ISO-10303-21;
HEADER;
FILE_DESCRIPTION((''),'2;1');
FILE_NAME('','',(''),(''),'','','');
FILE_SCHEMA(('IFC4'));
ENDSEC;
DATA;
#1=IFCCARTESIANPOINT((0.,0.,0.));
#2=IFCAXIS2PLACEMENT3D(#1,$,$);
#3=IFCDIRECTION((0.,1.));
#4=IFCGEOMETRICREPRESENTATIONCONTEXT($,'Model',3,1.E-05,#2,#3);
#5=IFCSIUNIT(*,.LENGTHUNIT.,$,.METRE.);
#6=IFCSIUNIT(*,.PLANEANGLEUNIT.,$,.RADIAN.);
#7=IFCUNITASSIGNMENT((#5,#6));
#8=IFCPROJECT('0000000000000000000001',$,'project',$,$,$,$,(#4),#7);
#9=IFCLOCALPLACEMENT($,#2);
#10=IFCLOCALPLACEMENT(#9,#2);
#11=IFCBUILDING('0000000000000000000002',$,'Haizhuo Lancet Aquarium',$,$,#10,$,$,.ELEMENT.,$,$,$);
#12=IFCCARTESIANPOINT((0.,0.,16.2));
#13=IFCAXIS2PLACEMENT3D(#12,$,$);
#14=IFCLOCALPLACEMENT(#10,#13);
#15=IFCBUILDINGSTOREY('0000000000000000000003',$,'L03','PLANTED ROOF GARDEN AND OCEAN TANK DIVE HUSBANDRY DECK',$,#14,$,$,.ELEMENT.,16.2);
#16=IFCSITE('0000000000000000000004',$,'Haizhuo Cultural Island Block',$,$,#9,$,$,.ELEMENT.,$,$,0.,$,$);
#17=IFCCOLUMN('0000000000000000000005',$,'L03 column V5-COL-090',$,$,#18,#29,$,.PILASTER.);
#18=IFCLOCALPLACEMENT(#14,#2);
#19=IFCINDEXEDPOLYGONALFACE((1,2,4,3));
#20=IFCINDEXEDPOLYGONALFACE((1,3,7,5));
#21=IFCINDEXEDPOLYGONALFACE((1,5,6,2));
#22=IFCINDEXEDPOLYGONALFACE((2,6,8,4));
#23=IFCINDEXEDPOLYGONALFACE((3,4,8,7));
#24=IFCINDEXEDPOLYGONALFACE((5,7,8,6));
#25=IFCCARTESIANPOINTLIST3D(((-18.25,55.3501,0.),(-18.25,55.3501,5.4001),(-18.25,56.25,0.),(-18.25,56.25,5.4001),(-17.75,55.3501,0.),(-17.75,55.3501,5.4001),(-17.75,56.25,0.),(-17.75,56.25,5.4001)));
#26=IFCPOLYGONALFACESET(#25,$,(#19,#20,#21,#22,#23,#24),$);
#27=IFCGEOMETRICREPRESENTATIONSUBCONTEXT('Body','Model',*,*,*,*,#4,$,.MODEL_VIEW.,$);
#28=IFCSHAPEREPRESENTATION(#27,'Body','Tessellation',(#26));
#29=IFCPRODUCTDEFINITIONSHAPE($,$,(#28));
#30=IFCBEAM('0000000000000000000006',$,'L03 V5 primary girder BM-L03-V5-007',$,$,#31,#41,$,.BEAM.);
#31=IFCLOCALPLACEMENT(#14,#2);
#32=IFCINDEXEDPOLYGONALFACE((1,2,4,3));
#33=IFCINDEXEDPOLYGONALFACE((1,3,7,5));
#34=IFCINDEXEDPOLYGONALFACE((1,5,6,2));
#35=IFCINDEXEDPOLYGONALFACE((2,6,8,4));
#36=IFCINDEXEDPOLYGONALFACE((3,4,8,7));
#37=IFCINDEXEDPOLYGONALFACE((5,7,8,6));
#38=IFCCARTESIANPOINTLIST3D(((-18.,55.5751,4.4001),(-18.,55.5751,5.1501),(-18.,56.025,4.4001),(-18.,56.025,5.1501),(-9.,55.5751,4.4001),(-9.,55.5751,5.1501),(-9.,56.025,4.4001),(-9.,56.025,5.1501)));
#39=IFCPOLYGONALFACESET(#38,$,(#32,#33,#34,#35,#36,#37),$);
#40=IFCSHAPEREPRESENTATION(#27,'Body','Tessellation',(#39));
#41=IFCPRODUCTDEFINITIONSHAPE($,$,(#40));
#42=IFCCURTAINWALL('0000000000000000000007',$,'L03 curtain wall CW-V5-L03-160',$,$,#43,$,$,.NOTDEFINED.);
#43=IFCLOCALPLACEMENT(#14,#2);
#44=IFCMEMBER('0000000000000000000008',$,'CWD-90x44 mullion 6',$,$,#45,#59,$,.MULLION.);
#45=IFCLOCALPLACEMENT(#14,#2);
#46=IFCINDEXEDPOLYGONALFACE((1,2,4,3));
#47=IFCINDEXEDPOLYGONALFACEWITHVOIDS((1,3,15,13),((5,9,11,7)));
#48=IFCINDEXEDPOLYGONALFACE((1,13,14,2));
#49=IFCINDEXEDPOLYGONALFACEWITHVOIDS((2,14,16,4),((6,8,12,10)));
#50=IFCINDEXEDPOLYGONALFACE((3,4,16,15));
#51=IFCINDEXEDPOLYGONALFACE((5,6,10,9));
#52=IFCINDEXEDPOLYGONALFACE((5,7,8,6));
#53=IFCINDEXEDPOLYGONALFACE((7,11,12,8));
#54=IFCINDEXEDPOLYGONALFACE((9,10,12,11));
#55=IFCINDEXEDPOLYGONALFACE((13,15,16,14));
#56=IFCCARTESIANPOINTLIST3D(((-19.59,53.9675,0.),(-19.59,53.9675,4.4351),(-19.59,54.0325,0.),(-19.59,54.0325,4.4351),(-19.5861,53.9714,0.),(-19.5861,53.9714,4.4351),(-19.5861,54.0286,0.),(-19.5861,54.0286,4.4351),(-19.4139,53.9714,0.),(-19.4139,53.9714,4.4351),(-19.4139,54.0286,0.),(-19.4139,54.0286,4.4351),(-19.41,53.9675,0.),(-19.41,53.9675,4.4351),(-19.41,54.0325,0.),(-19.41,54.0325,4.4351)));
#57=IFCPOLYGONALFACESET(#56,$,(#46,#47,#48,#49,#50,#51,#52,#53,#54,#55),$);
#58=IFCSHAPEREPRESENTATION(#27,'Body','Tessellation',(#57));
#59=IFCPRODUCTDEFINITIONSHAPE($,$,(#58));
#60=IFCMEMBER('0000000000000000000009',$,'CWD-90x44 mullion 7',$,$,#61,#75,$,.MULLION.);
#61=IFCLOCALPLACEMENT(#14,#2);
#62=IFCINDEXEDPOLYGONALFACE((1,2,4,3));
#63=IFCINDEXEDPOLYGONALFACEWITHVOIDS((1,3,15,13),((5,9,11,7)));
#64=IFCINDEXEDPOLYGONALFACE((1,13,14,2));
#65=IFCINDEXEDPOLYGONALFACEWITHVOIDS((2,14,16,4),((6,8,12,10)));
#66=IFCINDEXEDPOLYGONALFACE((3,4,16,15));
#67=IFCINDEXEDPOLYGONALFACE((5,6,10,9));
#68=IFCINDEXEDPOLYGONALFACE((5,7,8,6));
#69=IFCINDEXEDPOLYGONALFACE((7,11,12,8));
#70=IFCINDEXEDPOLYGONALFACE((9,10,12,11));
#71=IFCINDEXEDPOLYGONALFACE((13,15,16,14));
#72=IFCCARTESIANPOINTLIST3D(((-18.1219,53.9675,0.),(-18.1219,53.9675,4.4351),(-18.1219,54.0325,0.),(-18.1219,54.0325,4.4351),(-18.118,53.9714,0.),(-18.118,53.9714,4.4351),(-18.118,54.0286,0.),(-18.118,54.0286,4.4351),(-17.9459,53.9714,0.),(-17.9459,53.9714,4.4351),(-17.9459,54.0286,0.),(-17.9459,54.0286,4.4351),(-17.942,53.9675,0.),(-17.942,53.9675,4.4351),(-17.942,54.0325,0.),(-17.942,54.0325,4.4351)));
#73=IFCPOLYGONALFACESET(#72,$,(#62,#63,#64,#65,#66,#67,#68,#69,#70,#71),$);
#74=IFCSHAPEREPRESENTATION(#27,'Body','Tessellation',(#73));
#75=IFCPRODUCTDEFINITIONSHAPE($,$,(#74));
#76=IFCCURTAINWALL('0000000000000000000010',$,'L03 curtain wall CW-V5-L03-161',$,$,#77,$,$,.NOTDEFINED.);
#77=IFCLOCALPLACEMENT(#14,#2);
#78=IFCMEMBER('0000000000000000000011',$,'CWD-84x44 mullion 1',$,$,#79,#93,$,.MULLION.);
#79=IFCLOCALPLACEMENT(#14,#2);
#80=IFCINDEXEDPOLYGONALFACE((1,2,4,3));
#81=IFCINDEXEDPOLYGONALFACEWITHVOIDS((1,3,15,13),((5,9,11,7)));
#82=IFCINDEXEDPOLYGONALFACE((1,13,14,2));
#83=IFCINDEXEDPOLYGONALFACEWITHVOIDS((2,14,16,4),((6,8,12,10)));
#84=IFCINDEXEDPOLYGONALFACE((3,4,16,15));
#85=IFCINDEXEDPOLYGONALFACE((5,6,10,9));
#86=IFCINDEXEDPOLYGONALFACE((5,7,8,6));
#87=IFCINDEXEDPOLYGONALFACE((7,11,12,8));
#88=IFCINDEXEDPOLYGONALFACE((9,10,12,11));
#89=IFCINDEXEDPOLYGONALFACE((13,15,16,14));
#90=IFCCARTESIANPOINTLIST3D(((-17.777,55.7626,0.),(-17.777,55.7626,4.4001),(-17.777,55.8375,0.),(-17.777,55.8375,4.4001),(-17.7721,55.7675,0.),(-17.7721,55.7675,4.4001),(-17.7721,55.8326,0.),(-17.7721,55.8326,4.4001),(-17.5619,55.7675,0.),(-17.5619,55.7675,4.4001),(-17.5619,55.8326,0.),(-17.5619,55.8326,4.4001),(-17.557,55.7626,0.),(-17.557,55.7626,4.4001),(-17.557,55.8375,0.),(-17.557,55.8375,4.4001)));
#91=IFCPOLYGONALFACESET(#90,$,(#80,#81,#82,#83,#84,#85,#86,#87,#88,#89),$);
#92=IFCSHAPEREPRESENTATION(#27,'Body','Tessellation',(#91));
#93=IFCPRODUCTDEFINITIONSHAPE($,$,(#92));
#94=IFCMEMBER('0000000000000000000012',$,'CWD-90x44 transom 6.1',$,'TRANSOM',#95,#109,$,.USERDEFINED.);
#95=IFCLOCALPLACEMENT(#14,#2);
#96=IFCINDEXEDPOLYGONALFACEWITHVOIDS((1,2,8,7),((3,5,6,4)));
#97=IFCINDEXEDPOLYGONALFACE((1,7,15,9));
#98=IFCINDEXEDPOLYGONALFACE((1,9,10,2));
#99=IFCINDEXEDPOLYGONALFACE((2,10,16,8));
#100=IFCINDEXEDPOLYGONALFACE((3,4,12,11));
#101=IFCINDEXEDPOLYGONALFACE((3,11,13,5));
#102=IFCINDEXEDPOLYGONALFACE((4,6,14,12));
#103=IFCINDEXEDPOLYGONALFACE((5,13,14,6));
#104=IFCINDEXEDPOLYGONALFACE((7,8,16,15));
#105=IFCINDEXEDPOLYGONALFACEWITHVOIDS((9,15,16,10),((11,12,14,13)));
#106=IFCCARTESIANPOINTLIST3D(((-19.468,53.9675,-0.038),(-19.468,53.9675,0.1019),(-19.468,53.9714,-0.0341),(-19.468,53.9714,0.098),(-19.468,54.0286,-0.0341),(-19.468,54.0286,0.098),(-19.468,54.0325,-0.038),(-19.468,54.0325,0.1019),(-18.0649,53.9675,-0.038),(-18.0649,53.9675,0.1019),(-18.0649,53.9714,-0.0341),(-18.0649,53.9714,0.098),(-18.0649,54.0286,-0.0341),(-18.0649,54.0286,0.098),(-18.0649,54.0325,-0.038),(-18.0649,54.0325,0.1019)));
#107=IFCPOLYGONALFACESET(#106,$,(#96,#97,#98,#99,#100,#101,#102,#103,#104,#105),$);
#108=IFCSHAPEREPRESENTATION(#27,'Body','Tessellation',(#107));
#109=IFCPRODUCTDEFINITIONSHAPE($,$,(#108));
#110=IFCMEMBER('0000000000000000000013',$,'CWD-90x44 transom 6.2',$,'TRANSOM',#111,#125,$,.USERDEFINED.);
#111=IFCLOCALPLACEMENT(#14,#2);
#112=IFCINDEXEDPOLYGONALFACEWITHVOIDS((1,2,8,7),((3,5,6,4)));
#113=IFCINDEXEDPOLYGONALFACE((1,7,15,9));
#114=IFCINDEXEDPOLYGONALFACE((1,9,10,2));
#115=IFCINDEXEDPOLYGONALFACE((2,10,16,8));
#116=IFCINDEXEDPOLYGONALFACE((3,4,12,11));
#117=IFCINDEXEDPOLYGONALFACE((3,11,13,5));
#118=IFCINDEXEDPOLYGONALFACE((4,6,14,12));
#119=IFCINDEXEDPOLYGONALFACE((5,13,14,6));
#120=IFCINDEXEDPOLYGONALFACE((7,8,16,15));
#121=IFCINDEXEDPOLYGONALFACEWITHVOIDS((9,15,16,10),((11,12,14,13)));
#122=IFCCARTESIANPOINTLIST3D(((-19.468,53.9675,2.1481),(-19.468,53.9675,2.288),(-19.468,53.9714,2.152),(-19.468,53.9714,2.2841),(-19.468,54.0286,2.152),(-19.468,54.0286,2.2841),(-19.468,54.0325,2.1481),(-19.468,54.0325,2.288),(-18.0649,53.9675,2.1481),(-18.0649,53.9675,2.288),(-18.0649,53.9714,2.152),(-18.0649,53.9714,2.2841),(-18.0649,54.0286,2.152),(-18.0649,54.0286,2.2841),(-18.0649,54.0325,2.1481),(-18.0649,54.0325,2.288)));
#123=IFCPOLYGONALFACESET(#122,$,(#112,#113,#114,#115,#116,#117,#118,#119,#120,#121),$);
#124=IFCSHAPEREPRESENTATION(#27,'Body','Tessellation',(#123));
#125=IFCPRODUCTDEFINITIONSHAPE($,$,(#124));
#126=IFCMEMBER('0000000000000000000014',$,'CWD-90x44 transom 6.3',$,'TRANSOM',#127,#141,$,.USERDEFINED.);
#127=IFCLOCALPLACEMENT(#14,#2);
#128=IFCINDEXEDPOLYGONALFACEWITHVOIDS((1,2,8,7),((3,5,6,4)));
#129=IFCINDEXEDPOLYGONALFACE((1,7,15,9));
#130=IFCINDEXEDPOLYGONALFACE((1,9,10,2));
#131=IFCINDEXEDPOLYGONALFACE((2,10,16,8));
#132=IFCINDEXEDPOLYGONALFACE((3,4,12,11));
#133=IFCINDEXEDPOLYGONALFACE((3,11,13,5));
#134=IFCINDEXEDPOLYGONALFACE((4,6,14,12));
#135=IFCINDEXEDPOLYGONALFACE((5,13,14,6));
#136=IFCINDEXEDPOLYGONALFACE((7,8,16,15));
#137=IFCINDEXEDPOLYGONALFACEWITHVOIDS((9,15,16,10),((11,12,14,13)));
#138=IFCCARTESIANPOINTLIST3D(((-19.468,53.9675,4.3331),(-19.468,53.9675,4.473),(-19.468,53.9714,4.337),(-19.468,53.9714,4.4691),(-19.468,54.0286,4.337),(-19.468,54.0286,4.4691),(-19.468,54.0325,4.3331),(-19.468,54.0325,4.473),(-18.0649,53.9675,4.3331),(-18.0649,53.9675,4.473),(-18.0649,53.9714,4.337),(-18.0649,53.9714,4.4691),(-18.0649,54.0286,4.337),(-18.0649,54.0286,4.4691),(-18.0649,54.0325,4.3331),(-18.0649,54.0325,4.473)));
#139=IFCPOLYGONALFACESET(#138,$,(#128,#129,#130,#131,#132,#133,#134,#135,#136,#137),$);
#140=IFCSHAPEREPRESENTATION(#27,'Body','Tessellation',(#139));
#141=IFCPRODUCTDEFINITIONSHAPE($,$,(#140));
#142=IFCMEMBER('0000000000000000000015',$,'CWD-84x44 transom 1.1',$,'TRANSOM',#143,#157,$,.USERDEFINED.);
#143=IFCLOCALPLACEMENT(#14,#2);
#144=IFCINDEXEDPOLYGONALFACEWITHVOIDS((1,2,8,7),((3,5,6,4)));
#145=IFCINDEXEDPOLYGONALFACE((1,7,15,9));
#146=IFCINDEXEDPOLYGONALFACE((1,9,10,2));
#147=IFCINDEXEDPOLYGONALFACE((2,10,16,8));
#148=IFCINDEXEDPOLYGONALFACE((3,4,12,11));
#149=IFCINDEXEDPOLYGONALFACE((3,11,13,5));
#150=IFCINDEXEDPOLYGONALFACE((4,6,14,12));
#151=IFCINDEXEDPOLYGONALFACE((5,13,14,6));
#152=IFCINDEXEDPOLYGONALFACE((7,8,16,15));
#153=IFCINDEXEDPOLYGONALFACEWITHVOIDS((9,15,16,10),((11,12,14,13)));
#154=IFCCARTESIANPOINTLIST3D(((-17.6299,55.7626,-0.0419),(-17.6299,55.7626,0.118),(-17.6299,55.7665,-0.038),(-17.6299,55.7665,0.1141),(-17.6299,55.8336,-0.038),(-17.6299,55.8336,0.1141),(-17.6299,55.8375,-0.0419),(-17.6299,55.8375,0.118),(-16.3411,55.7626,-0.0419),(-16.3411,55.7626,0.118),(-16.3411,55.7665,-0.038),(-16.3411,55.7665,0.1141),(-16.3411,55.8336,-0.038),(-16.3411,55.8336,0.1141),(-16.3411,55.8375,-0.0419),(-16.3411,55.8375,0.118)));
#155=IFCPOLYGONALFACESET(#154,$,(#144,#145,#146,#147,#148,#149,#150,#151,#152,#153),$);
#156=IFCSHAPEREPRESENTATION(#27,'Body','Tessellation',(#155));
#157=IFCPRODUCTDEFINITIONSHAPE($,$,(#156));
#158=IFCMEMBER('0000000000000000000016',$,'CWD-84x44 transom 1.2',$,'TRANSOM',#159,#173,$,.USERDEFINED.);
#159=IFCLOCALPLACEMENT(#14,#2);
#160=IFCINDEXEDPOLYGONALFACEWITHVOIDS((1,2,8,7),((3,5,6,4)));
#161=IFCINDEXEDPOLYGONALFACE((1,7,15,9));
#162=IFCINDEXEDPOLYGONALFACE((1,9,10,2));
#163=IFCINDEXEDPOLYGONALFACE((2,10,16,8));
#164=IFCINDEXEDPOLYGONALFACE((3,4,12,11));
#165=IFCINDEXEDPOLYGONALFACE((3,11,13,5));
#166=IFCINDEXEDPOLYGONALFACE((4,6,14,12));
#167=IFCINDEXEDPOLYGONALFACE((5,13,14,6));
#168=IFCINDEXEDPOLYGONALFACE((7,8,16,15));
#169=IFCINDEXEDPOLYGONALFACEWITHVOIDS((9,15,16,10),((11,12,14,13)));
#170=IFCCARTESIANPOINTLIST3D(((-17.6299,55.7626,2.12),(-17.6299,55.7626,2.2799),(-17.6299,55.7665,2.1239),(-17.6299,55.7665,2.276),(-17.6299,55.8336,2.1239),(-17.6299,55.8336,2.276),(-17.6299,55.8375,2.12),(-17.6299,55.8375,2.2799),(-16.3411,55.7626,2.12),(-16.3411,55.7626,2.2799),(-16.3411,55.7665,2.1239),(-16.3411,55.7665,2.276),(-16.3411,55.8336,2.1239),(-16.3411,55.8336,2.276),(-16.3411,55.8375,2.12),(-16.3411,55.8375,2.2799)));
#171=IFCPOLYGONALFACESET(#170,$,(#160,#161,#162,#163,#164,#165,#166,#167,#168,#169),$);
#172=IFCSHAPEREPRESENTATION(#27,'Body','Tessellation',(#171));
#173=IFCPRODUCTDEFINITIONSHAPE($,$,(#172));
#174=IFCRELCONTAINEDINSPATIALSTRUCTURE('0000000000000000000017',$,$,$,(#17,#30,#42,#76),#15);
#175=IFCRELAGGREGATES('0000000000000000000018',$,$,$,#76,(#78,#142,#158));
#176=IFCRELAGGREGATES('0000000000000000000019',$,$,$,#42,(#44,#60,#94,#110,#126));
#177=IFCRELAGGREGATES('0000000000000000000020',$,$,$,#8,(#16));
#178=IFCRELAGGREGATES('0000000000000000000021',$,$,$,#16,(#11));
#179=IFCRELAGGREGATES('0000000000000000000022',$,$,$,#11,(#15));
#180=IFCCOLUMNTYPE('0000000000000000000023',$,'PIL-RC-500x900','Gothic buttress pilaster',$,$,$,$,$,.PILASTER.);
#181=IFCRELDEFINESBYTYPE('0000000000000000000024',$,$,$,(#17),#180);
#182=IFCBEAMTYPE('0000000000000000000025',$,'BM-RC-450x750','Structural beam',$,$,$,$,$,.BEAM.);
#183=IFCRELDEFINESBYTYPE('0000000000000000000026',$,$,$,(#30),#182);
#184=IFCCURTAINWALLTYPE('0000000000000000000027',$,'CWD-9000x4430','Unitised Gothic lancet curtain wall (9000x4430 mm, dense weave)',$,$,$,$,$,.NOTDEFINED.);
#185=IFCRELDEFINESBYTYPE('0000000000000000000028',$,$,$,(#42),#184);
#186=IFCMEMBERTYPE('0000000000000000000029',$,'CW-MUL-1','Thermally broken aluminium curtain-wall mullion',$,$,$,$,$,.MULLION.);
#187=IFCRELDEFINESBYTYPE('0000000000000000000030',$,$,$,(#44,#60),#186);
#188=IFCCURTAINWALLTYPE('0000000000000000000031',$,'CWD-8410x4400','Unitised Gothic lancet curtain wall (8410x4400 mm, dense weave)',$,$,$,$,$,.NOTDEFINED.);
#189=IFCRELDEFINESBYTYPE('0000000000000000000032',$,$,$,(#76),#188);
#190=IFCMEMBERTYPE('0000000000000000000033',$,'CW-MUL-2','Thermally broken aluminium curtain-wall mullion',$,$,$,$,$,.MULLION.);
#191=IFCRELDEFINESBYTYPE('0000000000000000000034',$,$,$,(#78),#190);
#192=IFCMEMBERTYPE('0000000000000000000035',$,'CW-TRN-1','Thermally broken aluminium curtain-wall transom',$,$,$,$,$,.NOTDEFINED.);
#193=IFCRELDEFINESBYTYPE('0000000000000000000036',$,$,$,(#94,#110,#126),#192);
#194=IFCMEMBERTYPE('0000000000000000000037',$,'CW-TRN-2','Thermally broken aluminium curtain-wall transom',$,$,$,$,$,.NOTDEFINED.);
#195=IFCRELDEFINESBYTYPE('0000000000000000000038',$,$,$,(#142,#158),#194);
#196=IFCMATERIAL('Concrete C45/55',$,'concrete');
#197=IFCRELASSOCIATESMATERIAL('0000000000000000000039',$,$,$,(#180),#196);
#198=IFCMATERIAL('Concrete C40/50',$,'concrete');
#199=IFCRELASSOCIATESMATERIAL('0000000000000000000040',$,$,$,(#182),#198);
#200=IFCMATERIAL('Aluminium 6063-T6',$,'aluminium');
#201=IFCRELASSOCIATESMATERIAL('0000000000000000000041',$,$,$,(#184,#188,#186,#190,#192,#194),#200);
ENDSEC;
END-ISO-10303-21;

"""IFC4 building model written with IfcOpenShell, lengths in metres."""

from ifc_helpers import new_model, si_unit, direction, frame, origin, origin_2d, place, context, subcontext, project, spatial, rectangle, hollow_rectangle, extrude, material, material_profile, profile_set, type_object, element, aggregate, save


model = new_model("IFC4")

# Units and contexts
model_context = context("Model", 3, precision=1e-05, world=origin(), true_north=direction((0.0, 1.0)))
body_context = subcontext(model_context, "Body", "Model", "MODEL_VIEW")
ifc_project = project(units=[si_unit("LENGTHUNIT", "METRE"), si_unit("PLANEANGLEUNIT", "RADIAN")], contexts=[model_context])

# Site, building, storey
site_placement = place(None, origin())
site = spatial("IfcSite", under=ifc_project, at=site_placement, Name="Haizhuo Cultural Island Block", CompositionType="ELEMENT", RefElevation=0.0)
building_placement = place(site_placement, origin())
building = spatial("IfcBuilding", under=site, at=building_placement, Name="Haizhuo Lancet Aquarium", CompositionType="ELEMENT")
storey_placement = place(building_placement, frame((0.0, 0.0, 16.2)))
storey = spatial("IfcBuildingStorey", under=building, at=storey_placement, Name="L03", Description="PLANTED ROOF GARDEN AND OCEAN TANK DIVE HUSBANDRY DECK", CompositionType="ELEMENT", Elevation=16.2)

# Column
ifc_material_1 = material(Name="Concrete C45/55", Category="concrete")
ifc_material_profile_1 = material_profile(ifc_material_1, rectangle(XDim=0.5, YDim=0.8999, at=origin_2d()), Name="RC-PIL 500x900")
ifc_profile_set_1 = profile_set([ifc_material_profile_1], Name="Concrete C45/55")
column_type = type_object("IfcColumnType", Name="PIL-RC-500x900", Description="Gothic buttress pilaster", PredefinedType="PILASTER", material=ifc_profile_set_1)
column_placement = place(storey_placement, frame((-18.0, 55.8, 0.0), z_axis=(0.0, 0.0, 1.0), x_axis=(1.0, 0.0, 0.0)))
element("IfcColumn", 1, at=column_placement, inside=storey, type_object=column_type, Name="L03 column V5-COL-090", PredefinedType="PILASTER", context=body_context, shape_type="SweptSolid", body=[
    extrude(rectangle(XDim=0.5, YDim=0.8999, at=origin_2d()), origin(), (0.0, 0.0, 1.0), 5.4001),
])

# Beam
ifc_material_2 = material(Name="Concrete C40/50", Category="concrete")
ifc_material_profile_2 = material_profile(ifc_material_2, rectangle(XDim=0.45, YDim=0.75, at=origin_2d()), Name="RC-BM 450x750")
ifc_profile_set_2 = profile_set([ifc_material_profile_2], Name="Concrete C40/50")
beam_type = type_object("IfcBeamType", Name="BM-RC-450x750", Description="Structural beam", PredefinedType="BEAM", material=ifc_profile_set_2)
beam_placement = place(storey_placement, frame((-18.0, 55.8, 4.7751), z_axis=(1.0, 0.0, 0.0), x_axis=(0.0, 1.0, 0.0)))
element("IfcBeam", 2, at=beam_placement, inside=storey, type_object=beam_type, Name="L03 V5 primary girder BM-L03-V5-007", PredefinedType="BEAM", context=body_context, shape_type="SweptSolid", body=[
    extrude(rectangle(XDim=0.45, YDim=0.75, at=origin_2d()), origin(), (0.0, 0.0, 1.0), 9.0),
])

# Curtain wall, members
ifc_material_3 = material(Name="Aluminium 6063-T6", Category="aluminium")
curtain_wall_type_1 = type_object("IfcCurtainWallType", Name="CWD-9000x4430", Description="Unitised Gothic lancet curtain wall (9000x4430 mm, dense weave)", PredefinedType="NOTDEFINED", material=ifc_material_3)
curtain_wall_1_placement = place(storey_placement, origin())
curtain_wall_1 = element("IfcCurtainWall", 3, at=curtain_wall_1_placement, inside=storey, type_object=curtain_wall_type_1, Name="L03 curtain wall CW-V5-L03-160", PredefinedType="NOTDEFINED")
ifc_material_profile_3 = material_profile(ifc_material_3, hollow_rectangle(XDim=0.0649, YDim=0.1799, WallThickness=0.0039, at=origin_2d()), Name="ALU-M 65x180x4")
ifc_profile_set_3 = profile_set([ifc_material_profile_3], Name="Aluminium 6063-T6")
member_type_1 = type_object("IfcMemberType", Name="CW-MUL-1", Description="Thermally broken aluminium curtain-wall mullion", PredefinedType="MULLION", material=ifc_profile_set_3)
member_1_placement = place(storey_placement, frame((-19.5, 54.0, 0.0), z_axis=(0.0, 0.0, 1.0), x_axis=(0.0, 1.0, 0.0)))
member_1 = element("IfcMember", 4, at=member_1_placement, type_object=member_type_1, Name="CWD-90x44 mullion 6", PredefinedType="MULLION", context=body_context, shape_type="SweptSolid", body=[
    extrude(hollow_rectangle(XDim=0.0649, YDim=0.1799, WallThickness=0.0039, at=origin_2d()), origin(), (0.0, 0.0, 1.0), 4.4351),
])
member_2_placement = place(storey_placement, frame((-18.032, 54.0, 0.0), z_axis=(0.0, 0.0, 1.0), x_axis=(0.0, 1.0, 0.0)))
member_2 = element("IfcMember", 5, at=member_2_placement, type_object=member_type_1, Name="CWD-90x44 mullion 7", PredefinedType="MULLION", context=body_context, shape_type="SweptSolid", body=[
    extrude(hollow_rectangle(XDim=0.0649, YDim=0.1799, WallThickness=0.0039, at=origin_2d()), origin(), (0.0, 0.0, 1.0), 4.4351),
])

# Curtain wall, member
curtain_wall_type_2 = type_object("IfcCurtainWallType", Name="CWD-8410x4400", Description="Unitised Gothic lancet curtain wall (8410x4400 mm, dense weave)", PredefinedType="NOTDEFINED", material=ifc_material_3)
curtain_wall_2_placement = place(storey_placement, origin())
curtain_wall_2 = element("IfcCurtainWall", 6, at=curtain_wall_2_placement, inside=storey, type_object=curtain_wall_type_2, Name="L03 curtain wall CW-V5-L03-161", PredefinedType="NOTDEFINED")
ifc_material_profile_4 = material_profile(ifc_material_3, hollow_rectangle(XDim=0.075, YDim=0.22, WallThickness=0.0049, at=origin_2d()), Name="ALU-M 75x220x5")
ifc_profile_set_4 = profile_set([ifc_material_profile_4], Name="Aluminium 6063-T6")
member_type_2 = type_object("IfcMemberType", Name="CW-MUL-2", Description="Thermally broken aluminium curtain-wall mullion", PredefinedType="MULLION", material=ifc_profile_set_4)
member_3_placement = place(storey_placement, frame((-17.667, 55.8, 0.0), z_axis=(0.0, 0.0, 1.0), x_axis=(0.0, 1.0, 0.0)))
member_3 = element("IfcMember", 7, at=member_3_placement, type_object=member_type_2, Name="CWD-84x44 mullion 1", PredefinedType="MULLION", context=body_context, shape_type="SweptSolid", body=[
    extrude(hollow_rectangle(XDim=0.075, YDim=0.22, WallThickness=0.0049, at=origin_2d()), origin(), (0.0, 0.0, 1.0), 4.4001),
])

# Members
ifc_material_profile_5 = material_profile(ifc_material_3, hollow_rectangle(XDim=0.0649, YDim=0.1399, WallThickness=0.0039, at=origin_2d()), Name="ALU-T 65x140x4")
ifc_profile_set_5 = profile_set([ifc_material_profile_5], Name="Aluminium 6063-T6")
member_type_3 = type_object("IfcMemberType", Name="CW-TRN-1", Description="Thermally broken aluminium curtain-wall transom", PredefinedType="NOTDEFINED", material=ifc_profile_set_5)
member_4_placement = place(storey_placement, frame((-19.468, 54.0, 0.032), z_axis=(1.0, 0.0, 0.0), x_axis=(0.0, 1.0, 0.0)))
member_4 = element("IfcMember", 8, at=member_4_placement, type_object=member_type_3, Name="CWD-90x44 transom 6.1", ObjectType="TRANSOM", PredefinedType="USERDEFINED", context=body_context, shape_type="SweptSolid", body=[
    extrude(hollow_rectangle(XDim=0.0649, YDim=0.1399, WallThickness=0.0039, at=origin_2d()), origin(), (0.0, 0.0, 1.0), 1.4031),
])
member_5_placement = place(storey_placement, frame((-19.468, 54.0, 2.218), z_axis=(1.0, 0.0, 0.0), x_axis=(0.0, 1.0, 0.0)))
member_5 = element("IfcMember", 9, at=member_5_placement, type_object=member_type_3, Name="CWD-90x44 transom 6.2", ObjectType="TRANSOM", PredefinedType="USERDEFINED", context=body_context, shape_type="SweptSolid", body=[
    extrude(hollow_rectangle(XDim=0.0649, YDim=0.1399, WallThickness=0.0039, at=origin_2d()), origin(), (0.0, 0.0, 1.0), 1.4031),
])
member_6_placement = place(storey_placement, frame((-19.468, 54.0, 4.4031), z_axis=(1.0, 0.0, 0.0), x_axis=(0.0, 1.0, 0.0)))
member_6 = element("IfcMember", 10, at=member_6_placement, type_object=member_type_3, Name="CWD-90x44 transom 6.3", ObjectType="TRANSOM", PredefinedType="USERDEFINED", context=body_context, shape_type="SweptSolid", body=[
    extrude(hollow_rectangle(XDim=0.0649, YDim=0.1399, WallThickness=0.0039, at=origin_2d()), origin(), (0.0, 0.0, 1.0), 1.4031),
])
ifc_material_profile_6 = material_profile(ifc_material_3, hollow_rectangle(XDim=0.075, YDim=0.1599, WallThickness=0.0039, at=origin_2d()), Name="ALU-T 75x160x4")
ifc_profile_set_6 = profile_set([ifc_material_profile_6], Name="Aluminium 6063-T6")
member_type_4 = type_object("IfcMemberType", Name="CW-TRN-2", Description="Thermally broken aluminium curtain-wall transom", PredefinedType="NOTDEFINED", material=ifc_profile_set_6)
member_7_placement = place(storey_placement, frame((-17.6299, 55.8, 0.0381), z_axis=(1.0, 0.0, 0.0), x_axis=(0.0, 1.0, 0.0)))
member_7 = element("IfcMember", 11, at=member_7_placement, type_object=member_type_4, Name="CWD-84x44 transom 1.1", ObjectType="TRANSOM", PredefinedType="USERDEFINED", context=body_context, shape_type="SweptSolid", body=[
    extrude(hollow_rectangle(XDim=0.075, YDim=0.1599, WallThickness=0.0039, at=origin_2d()), origin(), (0.0, 0.0, 1.0), 1.2888),
])
member_8_placement = place(storey_placement, frame((-17.6299, 55.8, 2.2), z_axis=(1.0, 0.0, 0.0), x_axis=(0.0, 1.0, 0.0)))
member_8 = element("IfcMember", 12, at=member_8_placement, type_object=member_type_4, Name="CWD-84x44 transom 1.2", ObjectType="TRANSOM", PredefinedType="USERDEFINED", context=body_context, shape_type="SweptSolid", body=[
    extrude(hollow_rectangle(XDim=0.075, YDim=0.1599, WallThickness=0.0039, at=origin_2d()), origin(), (0.0, 0.0, 1.0), 1.2888),
])
aggregate(curtain_wall_2, [member_3, member_7, member_8])

aggregate(curtain_wall_1, [member_1, member_2, member_4, member_5, member_6])

save(model, "model.ifc")
